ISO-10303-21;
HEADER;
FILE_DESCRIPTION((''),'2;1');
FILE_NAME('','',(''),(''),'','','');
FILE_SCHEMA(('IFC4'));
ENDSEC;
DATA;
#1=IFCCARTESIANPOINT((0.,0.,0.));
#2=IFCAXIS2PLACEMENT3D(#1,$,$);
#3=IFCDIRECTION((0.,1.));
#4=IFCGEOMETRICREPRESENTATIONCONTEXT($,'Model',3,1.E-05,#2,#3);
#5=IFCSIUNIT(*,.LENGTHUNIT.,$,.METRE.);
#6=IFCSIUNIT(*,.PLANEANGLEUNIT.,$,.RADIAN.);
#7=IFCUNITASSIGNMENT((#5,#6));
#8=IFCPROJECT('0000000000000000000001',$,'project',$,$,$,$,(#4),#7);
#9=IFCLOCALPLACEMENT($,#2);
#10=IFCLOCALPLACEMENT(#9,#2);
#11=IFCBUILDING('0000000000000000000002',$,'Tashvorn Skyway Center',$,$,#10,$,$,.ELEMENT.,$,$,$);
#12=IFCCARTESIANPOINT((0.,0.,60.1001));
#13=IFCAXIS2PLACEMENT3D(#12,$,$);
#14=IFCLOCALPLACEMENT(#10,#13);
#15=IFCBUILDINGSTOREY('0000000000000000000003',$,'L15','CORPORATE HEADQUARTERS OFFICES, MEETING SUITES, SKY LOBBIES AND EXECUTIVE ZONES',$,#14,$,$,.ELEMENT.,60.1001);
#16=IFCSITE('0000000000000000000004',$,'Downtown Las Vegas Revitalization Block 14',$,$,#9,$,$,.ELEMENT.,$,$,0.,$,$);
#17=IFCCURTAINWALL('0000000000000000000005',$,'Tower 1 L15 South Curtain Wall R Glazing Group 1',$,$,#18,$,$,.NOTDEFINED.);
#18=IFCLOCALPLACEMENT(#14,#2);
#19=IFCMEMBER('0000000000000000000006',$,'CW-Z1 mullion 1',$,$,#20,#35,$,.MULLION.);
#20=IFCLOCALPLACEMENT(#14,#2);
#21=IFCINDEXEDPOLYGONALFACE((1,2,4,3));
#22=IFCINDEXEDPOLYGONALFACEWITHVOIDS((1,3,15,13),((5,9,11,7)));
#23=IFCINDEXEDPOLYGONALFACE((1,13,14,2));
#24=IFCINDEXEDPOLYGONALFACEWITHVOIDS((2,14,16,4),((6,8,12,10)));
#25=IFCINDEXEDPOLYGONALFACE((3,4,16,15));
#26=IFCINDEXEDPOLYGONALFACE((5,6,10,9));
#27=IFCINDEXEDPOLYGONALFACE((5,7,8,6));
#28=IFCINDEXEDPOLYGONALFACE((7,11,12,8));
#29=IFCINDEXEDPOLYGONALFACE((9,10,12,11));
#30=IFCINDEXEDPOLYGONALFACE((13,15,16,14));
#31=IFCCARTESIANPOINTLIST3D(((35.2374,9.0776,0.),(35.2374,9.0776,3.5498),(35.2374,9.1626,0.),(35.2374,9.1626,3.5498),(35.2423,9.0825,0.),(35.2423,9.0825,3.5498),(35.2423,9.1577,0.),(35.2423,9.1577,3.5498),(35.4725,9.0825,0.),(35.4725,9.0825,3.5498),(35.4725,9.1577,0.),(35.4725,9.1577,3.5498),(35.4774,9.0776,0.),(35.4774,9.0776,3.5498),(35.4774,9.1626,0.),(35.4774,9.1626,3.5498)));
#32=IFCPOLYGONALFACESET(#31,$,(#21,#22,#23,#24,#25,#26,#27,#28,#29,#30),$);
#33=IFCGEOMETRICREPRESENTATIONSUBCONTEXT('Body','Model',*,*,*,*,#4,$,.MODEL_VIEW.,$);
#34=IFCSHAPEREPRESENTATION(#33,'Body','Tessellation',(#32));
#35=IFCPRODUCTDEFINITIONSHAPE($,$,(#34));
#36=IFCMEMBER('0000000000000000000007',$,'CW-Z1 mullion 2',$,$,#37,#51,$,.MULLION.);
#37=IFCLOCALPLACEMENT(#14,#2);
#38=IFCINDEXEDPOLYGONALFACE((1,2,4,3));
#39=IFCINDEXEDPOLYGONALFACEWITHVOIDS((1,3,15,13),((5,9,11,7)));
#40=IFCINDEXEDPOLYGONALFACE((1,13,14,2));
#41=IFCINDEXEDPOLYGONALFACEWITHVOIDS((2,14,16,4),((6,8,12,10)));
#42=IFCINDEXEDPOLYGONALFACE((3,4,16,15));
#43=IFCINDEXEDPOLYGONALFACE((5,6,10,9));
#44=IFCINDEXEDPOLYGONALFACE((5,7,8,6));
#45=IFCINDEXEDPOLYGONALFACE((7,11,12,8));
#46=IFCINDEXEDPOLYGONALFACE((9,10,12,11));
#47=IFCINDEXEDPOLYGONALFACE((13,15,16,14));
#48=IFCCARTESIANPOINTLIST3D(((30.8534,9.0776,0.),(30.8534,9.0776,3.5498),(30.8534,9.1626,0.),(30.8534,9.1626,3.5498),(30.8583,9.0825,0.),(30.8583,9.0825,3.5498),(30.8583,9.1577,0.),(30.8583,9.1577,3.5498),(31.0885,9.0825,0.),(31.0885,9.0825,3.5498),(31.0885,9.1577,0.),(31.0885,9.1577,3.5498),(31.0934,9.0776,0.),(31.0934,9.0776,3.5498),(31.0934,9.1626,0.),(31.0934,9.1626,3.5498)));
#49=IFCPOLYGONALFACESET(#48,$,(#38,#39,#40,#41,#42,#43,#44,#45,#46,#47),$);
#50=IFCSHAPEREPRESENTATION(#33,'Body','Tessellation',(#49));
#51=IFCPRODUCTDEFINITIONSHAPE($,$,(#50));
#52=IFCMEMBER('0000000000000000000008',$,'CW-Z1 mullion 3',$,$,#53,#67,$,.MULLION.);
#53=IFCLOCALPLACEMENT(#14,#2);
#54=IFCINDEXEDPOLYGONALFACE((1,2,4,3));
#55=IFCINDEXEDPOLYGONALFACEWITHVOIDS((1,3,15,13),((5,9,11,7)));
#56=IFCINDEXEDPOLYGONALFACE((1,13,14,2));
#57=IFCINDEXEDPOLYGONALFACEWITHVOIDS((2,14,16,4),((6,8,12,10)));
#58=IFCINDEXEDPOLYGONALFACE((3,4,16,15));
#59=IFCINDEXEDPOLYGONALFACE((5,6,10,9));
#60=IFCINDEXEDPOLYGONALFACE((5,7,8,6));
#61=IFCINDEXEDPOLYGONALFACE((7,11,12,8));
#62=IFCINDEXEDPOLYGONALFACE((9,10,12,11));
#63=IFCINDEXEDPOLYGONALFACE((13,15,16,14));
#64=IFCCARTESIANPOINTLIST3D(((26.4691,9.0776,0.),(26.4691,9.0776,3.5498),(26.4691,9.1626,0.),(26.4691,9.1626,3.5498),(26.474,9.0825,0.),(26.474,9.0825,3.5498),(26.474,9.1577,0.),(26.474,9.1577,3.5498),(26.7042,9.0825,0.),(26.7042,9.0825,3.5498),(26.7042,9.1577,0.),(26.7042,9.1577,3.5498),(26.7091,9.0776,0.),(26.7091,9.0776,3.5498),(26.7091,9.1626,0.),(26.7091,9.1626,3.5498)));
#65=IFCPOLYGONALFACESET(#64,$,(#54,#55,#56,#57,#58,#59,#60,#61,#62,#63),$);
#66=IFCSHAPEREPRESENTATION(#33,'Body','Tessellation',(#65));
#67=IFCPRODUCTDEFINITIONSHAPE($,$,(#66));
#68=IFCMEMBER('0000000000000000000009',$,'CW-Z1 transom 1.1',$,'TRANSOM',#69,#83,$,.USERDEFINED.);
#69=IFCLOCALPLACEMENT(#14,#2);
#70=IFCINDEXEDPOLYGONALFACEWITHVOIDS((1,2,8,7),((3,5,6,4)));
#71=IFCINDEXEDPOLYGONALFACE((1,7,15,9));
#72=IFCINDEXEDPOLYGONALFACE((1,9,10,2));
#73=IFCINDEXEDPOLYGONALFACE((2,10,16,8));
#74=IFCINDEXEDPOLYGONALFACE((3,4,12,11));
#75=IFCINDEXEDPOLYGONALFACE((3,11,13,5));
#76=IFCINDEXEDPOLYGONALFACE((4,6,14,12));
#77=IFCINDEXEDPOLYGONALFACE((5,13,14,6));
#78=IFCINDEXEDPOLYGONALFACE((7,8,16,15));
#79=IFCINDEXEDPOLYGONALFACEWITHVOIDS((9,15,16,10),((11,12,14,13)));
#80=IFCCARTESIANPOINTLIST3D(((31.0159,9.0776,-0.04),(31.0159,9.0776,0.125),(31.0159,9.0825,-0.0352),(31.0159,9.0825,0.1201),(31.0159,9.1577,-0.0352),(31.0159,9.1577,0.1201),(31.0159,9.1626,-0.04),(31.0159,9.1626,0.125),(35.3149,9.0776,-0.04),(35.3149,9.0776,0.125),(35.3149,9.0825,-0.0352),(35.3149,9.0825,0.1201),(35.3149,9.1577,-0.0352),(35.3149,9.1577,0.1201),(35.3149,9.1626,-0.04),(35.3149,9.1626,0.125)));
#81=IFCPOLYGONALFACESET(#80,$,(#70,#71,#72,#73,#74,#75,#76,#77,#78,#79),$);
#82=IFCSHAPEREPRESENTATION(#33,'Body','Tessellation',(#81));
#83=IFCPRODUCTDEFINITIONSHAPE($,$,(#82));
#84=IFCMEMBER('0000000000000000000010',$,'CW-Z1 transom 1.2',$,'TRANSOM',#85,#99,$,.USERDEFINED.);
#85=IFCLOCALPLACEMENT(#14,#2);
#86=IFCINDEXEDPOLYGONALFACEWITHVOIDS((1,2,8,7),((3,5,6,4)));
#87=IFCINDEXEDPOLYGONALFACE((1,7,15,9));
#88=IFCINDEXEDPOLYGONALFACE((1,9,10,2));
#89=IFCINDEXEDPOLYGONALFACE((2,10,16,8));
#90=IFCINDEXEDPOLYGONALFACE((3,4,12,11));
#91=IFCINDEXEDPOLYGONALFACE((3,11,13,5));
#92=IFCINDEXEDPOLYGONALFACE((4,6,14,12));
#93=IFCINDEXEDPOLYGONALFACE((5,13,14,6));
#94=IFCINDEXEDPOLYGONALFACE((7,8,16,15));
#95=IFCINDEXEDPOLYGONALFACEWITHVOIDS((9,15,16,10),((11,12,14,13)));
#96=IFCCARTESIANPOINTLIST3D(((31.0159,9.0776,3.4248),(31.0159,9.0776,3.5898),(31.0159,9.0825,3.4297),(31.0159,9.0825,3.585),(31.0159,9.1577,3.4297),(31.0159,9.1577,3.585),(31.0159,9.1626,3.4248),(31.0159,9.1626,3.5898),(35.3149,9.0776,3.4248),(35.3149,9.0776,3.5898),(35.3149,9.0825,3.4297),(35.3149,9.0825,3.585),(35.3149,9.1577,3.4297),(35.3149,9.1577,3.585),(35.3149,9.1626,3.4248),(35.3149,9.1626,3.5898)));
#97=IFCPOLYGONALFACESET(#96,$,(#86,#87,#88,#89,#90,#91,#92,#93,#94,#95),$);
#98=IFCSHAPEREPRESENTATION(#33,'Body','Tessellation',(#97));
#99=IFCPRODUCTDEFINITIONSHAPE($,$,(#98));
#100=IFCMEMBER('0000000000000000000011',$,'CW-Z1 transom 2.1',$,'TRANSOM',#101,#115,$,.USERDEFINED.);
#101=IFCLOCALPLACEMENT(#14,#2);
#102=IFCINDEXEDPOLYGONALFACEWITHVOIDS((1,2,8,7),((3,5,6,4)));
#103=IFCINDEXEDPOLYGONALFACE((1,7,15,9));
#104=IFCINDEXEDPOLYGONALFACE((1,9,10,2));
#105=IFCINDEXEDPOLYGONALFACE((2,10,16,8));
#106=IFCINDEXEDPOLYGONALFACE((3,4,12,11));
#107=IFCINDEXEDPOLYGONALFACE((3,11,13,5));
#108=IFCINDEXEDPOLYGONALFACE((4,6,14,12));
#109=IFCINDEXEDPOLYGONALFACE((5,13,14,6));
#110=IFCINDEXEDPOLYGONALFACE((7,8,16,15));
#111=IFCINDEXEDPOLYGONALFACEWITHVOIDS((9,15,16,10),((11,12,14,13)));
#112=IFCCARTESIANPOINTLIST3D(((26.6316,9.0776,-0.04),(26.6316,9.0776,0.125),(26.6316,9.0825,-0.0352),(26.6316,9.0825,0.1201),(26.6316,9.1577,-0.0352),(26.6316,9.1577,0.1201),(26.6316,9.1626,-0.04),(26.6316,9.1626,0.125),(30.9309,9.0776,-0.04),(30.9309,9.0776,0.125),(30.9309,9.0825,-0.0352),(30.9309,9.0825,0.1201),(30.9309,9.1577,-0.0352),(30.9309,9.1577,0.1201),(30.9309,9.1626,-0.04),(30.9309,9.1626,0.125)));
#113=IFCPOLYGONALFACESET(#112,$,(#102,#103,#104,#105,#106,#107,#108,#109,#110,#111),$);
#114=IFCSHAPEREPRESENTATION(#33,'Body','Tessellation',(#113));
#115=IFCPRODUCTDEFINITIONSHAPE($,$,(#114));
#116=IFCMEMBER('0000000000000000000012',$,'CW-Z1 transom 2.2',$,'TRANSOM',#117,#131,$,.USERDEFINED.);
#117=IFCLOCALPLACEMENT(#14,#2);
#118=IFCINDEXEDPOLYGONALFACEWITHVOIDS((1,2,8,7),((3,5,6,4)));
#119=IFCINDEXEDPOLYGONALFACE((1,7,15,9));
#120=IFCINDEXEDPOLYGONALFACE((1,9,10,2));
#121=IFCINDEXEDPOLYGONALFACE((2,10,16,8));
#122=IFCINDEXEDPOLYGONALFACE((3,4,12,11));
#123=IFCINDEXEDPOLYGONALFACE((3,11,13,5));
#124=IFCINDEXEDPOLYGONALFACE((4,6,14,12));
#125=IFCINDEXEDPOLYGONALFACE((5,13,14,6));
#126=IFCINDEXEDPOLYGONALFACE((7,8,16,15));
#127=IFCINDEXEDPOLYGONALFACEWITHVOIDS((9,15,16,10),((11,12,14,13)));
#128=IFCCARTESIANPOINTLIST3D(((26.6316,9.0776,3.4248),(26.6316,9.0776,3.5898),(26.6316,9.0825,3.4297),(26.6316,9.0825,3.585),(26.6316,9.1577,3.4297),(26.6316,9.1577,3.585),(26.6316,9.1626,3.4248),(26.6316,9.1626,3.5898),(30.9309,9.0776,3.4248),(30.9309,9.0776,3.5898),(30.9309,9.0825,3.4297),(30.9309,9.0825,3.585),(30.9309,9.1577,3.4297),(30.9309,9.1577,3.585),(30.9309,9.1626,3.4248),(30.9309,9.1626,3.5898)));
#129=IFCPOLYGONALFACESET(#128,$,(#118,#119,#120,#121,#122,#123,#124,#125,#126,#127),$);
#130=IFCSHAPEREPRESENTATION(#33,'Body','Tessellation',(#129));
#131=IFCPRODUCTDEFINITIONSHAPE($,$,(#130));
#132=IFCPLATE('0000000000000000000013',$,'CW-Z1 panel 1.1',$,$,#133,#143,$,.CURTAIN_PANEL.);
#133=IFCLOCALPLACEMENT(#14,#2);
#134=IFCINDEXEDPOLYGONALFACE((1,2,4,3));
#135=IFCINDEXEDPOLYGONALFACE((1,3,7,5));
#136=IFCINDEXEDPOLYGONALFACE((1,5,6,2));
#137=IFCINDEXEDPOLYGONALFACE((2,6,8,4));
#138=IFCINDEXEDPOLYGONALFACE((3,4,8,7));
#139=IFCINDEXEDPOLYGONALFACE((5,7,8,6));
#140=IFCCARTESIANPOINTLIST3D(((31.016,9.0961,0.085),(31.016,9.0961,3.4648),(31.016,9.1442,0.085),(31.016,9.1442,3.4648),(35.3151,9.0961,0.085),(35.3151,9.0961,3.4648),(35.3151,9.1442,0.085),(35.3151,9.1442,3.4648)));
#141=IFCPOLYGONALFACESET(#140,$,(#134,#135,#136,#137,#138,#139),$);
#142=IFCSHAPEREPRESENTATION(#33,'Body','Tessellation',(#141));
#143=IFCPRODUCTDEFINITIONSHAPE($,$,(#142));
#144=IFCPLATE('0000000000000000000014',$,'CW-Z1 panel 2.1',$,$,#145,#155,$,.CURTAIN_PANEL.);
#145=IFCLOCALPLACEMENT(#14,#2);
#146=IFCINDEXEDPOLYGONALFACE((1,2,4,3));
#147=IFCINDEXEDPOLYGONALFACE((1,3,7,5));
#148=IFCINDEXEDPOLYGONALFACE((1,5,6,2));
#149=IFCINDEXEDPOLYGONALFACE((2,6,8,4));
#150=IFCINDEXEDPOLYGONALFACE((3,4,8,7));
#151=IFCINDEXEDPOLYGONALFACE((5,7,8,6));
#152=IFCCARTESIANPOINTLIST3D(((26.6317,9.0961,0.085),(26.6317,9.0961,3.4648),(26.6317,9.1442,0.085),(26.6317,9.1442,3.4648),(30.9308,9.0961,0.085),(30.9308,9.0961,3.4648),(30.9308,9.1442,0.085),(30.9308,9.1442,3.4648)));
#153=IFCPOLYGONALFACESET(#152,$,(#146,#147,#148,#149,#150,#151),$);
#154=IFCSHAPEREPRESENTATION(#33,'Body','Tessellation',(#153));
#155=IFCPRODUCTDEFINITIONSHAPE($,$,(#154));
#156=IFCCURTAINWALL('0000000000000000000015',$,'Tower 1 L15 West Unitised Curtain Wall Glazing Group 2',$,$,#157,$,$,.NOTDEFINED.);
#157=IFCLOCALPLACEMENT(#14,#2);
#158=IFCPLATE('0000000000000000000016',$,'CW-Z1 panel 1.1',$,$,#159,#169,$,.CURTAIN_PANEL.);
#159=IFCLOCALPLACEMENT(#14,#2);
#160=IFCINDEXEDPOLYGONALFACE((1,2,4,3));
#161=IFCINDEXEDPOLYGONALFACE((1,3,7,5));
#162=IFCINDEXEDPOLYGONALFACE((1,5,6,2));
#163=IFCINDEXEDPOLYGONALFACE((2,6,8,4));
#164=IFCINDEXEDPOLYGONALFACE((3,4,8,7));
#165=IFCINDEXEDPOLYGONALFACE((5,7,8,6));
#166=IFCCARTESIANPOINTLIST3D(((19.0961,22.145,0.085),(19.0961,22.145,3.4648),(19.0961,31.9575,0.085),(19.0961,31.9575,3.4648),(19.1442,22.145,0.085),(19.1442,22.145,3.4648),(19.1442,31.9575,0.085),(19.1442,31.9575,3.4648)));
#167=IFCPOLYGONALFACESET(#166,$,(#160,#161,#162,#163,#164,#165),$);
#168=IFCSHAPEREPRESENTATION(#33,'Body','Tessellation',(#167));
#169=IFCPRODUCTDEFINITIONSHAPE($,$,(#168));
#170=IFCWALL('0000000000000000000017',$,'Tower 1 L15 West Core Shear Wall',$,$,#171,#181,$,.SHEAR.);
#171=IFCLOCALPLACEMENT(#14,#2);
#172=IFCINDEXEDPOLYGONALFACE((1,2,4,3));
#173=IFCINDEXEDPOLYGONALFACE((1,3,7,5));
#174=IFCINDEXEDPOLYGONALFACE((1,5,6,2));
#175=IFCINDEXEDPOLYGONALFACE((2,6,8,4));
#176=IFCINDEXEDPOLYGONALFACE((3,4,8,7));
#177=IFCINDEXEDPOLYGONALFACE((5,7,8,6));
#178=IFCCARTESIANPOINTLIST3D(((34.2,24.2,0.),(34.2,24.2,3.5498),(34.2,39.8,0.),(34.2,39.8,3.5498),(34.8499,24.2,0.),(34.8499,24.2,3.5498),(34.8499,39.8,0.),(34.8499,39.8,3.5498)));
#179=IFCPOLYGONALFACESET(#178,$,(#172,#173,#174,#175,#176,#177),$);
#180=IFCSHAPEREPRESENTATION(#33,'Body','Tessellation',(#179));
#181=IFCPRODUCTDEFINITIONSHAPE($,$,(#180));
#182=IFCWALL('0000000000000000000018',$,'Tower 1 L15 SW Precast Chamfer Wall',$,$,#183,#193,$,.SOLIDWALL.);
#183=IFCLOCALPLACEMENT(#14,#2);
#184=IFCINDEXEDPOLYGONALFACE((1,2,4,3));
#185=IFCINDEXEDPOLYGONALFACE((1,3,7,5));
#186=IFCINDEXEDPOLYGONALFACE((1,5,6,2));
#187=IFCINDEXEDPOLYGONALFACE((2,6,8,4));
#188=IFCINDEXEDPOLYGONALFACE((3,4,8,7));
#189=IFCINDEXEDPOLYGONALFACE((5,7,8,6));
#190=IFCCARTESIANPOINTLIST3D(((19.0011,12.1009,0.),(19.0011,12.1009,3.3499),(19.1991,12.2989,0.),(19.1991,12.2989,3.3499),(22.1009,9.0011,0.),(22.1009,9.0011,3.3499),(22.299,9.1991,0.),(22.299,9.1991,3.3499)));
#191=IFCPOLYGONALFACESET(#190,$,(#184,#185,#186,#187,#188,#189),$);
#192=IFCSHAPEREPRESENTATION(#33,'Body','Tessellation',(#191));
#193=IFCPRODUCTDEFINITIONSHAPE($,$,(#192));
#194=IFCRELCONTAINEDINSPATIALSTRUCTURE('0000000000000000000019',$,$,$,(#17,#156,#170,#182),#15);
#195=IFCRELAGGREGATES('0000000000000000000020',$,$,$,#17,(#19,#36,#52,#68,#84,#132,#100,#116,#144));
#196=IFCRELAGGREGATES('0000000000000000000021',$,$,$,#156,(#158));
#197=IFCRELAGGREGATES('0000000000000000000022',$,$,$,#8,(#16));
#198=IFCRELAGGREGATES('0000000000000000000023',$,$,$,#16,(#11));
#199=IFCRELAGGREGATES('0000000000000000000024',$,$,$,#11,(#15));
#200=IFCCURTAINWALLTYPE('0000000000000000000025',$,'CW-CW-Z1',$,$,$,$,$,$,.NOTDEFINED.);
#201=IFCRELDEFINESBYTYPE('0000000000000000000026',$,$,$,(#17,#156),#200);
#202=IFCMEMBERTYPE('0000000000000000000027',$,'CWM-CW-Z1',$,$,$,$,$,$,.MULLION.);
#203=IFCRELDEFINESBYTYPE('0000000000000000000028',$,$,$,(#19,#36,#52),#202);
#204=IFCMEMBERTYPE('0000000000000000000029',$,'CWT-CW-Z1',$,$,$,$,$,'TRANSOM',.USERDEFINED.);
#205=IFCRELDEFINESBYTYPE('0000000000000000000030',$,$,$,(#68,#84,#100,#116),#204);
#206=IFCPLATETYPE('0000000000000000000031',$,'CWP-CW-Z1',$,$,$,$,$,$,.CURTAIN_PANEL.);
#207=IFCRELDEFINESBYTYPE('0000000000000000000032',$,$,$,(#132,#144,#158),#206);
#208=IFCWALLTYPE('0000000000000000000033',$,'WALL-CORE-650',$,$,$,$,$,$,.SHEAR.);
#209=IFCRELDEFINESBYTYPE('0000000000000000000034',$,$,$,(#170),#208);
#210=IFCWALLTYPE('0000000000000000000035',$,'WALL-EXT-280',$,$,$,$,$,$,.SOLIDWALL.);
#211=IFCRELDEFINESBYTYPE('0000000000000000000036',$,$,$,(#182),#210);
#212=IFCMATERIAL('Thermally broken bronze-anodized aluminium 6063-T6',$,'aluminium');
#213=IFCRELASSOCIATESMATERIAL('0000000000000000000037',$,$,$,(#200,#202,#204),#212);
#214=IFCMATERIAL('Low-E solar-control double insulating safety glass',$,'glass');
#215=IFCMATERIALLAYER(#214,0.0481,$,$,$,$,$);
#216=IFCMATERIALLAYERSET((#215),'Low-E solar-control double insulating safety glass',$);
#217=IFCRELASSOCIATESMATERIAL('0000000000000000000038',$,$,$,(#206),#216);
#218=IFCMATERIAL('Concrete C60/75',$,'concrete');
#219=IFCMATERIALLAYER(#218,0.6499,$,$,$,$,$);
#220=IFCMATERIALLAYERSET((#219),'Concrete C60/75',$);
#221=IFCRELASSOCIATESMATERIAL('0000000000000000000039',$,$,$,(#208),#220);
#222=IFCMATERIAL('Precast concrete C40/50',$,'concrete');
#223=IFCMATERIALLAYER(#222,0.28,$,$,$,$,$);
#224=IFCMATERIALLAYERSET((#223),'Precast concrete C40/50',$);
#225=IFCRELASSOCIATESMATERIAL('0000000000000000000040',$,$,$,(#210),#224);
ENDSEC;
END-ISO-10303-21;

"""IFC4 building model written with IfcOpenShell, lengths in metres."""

from ifc_helpers import new_model, si_unit, direction, frame, frame_2d, origin, origin_2d, place, context, subcontext, project, spatial, rectangle, hollow_rectangle, extrude, material, layer, layer_set, material_profile, profile_set, type_object, element, aggregate, save


model = new_model("IFC4")

# Units and contexts
model_context = context("Model", 3, precision=1e-05, world=origin(), true_north=direction((0.0, 1.0)))
body_context = subcontext(model_context, "Body", "Model", "MODEL_VIEW")
ifc_project = project(units=[si_unit("LENGTHUNIT", "METRE"), si_unit("PLANEANGLEUNIT", "RADIAN")], contexts=[model_context])

# Site, building, storey
site_placement = place(None, origin())
site = spatial("IfcSite", under=ifc_project, at=site_placement, Name="Downtown Las Vegas Revitalization Block 14", CompositionType="ELEMENT", RefElevation=0.0)
building_placement = place(site_placement, origin())
building = spatial("IfcBuilding", under=site, at=building_placement, Name="Tashvorn Skyway Center", CompositionType="ELEMENT")
storey_placement = place(building_placement, frame((0.0, 0.0, 60.1001)))
storey = spatial("IfcBuildingStorey", under=building, at=storey_placement, Name="L15", Description="CORPORATE HEADQUARTERS OFFICES, MEETING SUITES, SKY LOBBIES AND EXECUTIVE ZONES", CompositionType="ELEMENT", Elevation=60.1001)

# Curtain wall, members, plates
ifc_material_1 = material(Name="Thermally broken bronze-anodized aluminium 6063-T6", Category="aluminium")
curtain_wall_type = type_object("IfcCurtainWallType", Name="CW-CW-Z1", PredefinedType="NOTDEFINED", material=ifc_material_1)
curtain_wall_1_placement = place(storey_placement, origin())
curtain_wall_1 = element("IfcCurtainWall", 1, at=curtain_wall_1_placement, inside=storey, type_object=curtain_wall_type, Name="Tower 1 L15 South Curtain Wall R Glazing Group 1", PredefinedType="NOTDEFINED")
ifc_material_profile_1 = material_profile(ifc_material_1, hollow_rectangle(XDim=0.085, YDim=0.24, WallThickness=0.0049, at=origin_2d()), Name="ALU-MULL-85x240")
ifc_profile_set_1 = profile_set([ifc_material_profile_1], Name="Thermally broken bronze-anodized aluminium 6063-T6")
member_type_1 = type_object("IfcMemberType", Name="CWM-CW-Z1", PredefinedType="MULLION", material=ifc_profile_set_1)
member_1_placement = place(storey_placement, frame((35.3574, 9.1201, 0.0), z_axis=(0.0, 0.0, 1.0), x_axis=(0.0, -1.0, 0.0)))
member_1 = element("IfcMember", 2, at=member_1_placement, type_object=member_type_1, Name="CW-Z1 mullion 1", PredefinedType="MULLION", context=body_context, shape_type="SweptSolid", body=[
    extrude(hollow_rectangle(XDim=0.085, YDim=0.24, WallThickness=0.0049, at=origin_2d()), origin(), (0.0, 0.0, 1.0), 3.5498),
])
member_2_placement = place(storey_placement, frame((30.9734, 9.1201, 0.0), z_axis=(0.0, 0.0, 1.0), x_axis=(0.0, -1.0, 0.0)))
member_2 = element("IfcMember", 3, at=member_2_placement, type_object=member_type_1, Name="CW-Z1 mullion 2", PredefinedType="MULLION", context=body_context, shape_type="SweptSolid", body=[
    extrude(hollow_rectangle(XDim=0.085, YDim=0.24, WallThickness=0.0049, at=origin_2d()), origin(), (0.0, 0.0, 1.0), 3.5498),
])
member_3_placement = place(storey_placement, frame((26.5891, 9.1201, 0.0), z_axis=(0.0, 0.0, 1.0), x_axis=(0.0, -1.0, 0.0)))
member_3 = element("IfcMember", 4, at=member_3_placement, type_object=member_type_1, Name="CW-Z1 mullion 3", PredefinedType="MULLION", context=body_context, shape_type="SweptSolid", body=[
    extrude(hollow_rectangle(XDim=0.085, YDim=0.24, WallThickness=0.0049, at=origin_2d()), origin(), (0.0, 0.0, 1.0), 3.5498),
])
ifc_material_profile_2 = material_profile(ifc_material_1, hollow_rectangle(XDim=0.085, YDim=0.165, WallThickness=0.0049, at=origin_2d()), Name="ALU-TRAN-85x165")
ifc_profile_set_2 = profile_set([ifc_material_profile_2], Name="Thermally broken bronze-anodized aluminium 6063-T6")
member_type_2 = type_object("IfcMemberType", Name="CWT-CW-Z1", ElementType="TRANSOM", PredefinedType="USERDEFINED", material=ifc_profile_set_2)
member_4_placement = place(storey_placement, frame((35.3149, 9.1201, 0.0425), z_axis=(-1.0, 0.0, 0.0), x_axis=(0.0, -1.0, 0.0)))
member_4 = element("IfcMember", 5, at=member_4_placement, type_object=member_type_2, Name="CW-Z1 transom 1.1", ObjectType="TRANSOM", PredefinedType="USERDEFINED", context=body_context, shape_type="SweptSolid", body=[
    extrude(hollow_rectangle(XDim=0.085, YDim=0.165, WallThickness=0.0049, at=origin_2d()), origin(), (0.0, 0.0, 1.0), 4.2991),
])
member_5_placement = place(storey_placement, frame((35.3149, 9.1201, 3.5073), z_axis=(-1.0, 0.0, 0.0), x_axis=(0.0, -1.0, 0.0)))
member_5 = element("IfcMember", 6, at=member_5_placement, type_object=member_type_2, Name="CW-Z1 transom 1.2", ObjectType="TRANSOM", PredefinedType="USERDEFINED", context=body_context, shape_type="SweptSolid", body=[
    extrude(hollow_rectangle(XDim=0.085, YDim=0.165, WallThickness=0.0049, at=origin_2d()), origin(), (0.0, 0.0, 1.0), 4.2991),
])
member_6_placement = place(storey_placement, frame((30.9309, 9.1201, 0.0425), z_axis=(-1.0, 0.0, 0.0), x_axis=(0.0, -1.0, 0.0)))
member_6 = element("IfcMember", 7, at=member_6_placement, type_object=member_type_2, Name="CW-Z1 transom 2.1", ObjectType="TRANSOM", PredefinedType="USERDEFINED", context=body_context, shape_type="SweptSolid", body=[
    extrude(hollow_rectangle(XDim=0.085, YDim=0.165, WallThickness=0.0049, at=origin_2d()), origin(), (0.0, 0.0, 1.0), 4.2993),
])
member_7_placement = place(storey_placement, frame((30.9309, 9.1201, 3.5073), z_axis=(-1.0, 0.0, 0.0), x_axis=(0.0, -1.0, 0.0)))
member_7 = element("IfcMember", 8, at=member_7_placement, type_object=member_type_2, Name="CW-Z1 transom 2.2", ObjectType="TRANSOM", PredefinedType="USERDEFINED", context=body_context, shape_type="SweptSolid", body=[
    extrude(hollow_rectangle(XDim=0.085, YDim=0.165, WallThickness=0.0049, at=origin_2d()), origin(), (0.0, 0.0, 1.0), 4.2993),
])
ifc_material_2 = material(Name="Low-E solar-control double insulating safety glass", Category="glass")
ifc_layer_1 = layer(ifc_material_2, 0.0481)
ifc_layer_set_1 = layer_set([ifc_layer_1], Name="Low-E solar-control double insulating safety glass")
plate_type = type_object("IfcPlateType", Name="CWP-CW-Z1", PredefinedType="CURTAIN_PANEL", material=ifc_layer_set_1)
plate_1_placement = place(storey_placement, frame((33.1655, 9.1201, 0.085), z_axis=(0.0, 0.0, 1.0), x_axis=(-1.0, 0.0, 0.0)))
plate_1 = element("IfcPlate", 9, at=plate_1_placement, type_object=plate_type, Name="CW-Z1 panel 1.1", PredefinedType="CURTAIN_PANEL", context=body_context, shape_type="SweptSolid", body=[
    extrude(rectangle(XDim=4.2991, YDim=0.0481, at=origin_2d()), origin(), (0.0, 0.0, 1.0), 3.3799),
])
plate_2_placement = place(storey_placement, frame((28.7812, 9.1201, 0.085), z_axis=(0.0, 0.0, 1.0), x_axis=(-1.0, 0.0, 0.0)))
plate_2 = element("IfcPlate", 10, at=plate_2_placement, type_object=plate_type, Name="CW-Z1 panel 2.1", PredefinedType="CURTAIN_PANEL", context=body_context, shape_type="SweptSolid", body=[
    extrude(rectangle(XDim=4.2991, YDim=0.0481, at=origin_2d()), origin(), (0.0, 0.0, 1.0), 3.3799),
])
aggregate(curtain_wall_1, [member_1, member_2, member_3, member_4, member_5, plate_1, member_6, member_7, plate_2])

# Curtain wall, plate
curtain_wall_2_placement = place(storey_placement, origin())
curtain_wall_2 = element("IfcCurtainWall", 11, at=curtain_wall_2_placement, inside=storey, type_object=curtain_wall_type, Name="Tower 1 L15 West Unitised Curtain Wall Glazing Group 2", PredefinedType="NOTDEFINED")
plate_3_placement = place(storey_placement, frame((19.1201, 27.0513, 0.085), z_axis=(0.0, 0.0, 1.0), x_axis=(0.0, 1.0, 0.0)))
plate_3 = element("IfcPlate", 12, at=plate_3_placement, type_object=plate_type, Name="CW-Z1 panel 1.1", PredefinedType="CURTAIN_PANEL", context=body_context, shape_type="SweptSolid", body=[
    extrude(rectangle(XDim=9.8125, YDim=0.0481, at=origin_2d()), origin(), (0.0, 0.0, 1.0), 3.3799),
])
aggregate(curtain_wall_2, [plate_3])

# Walls
ifc_material_3 = material(Name="Concrete C60/75", Category="concrete")
ifc_layer_2 = layer(ifc_material_3, 0.6499)
ifc_layer_set_2 = layer_set([ifc_layer_2], Name="Concrete C60/75")
wall_type_1 = type_object("IfcWallType", Name="WALL-CORE-650", PredefinedType="SHEAR", material=ifc_layer_set_2)
wall_1_placement = place(storey_placement, frame((34.5249, 24.2, 0.0), z_axis=(0.0, 0.0, 1.0), x_axis=(0.0, 1.0, 0.0)))
element("IfcWall", 13, at=wall_1_placement, inside=storey, type_object=wall_type_1, Name="Tower 1 L15 West Core Shear Wall", PredefinedType="SHEAR", context=body_context, shape_type="SweptSolid", body=[
    extrude(rectangle(XDim=15.6001, YDim=0.6499, at=frame_2d((7.8, 0.0))), origin(), (0.0, 0.0, 1.0), 3.5498),
])
ifc_material_4 = material(Name="Precast concrete C40/50", Category="concrete")
ifc_layer_3 = layer(ifc_material_4, 0.28)
ifc_layer_set_3 = layer_set([ifc_layer_3], Name="Precast concrete C40/50")
wall_type_2 = type_object("IfcWallType", Name="WALL-EXT-280", PredefinedType="SOLIDWALL", material=ifc_layer_set_3)
wall_2_placement = place(storey_placement, frame((22.2, 9.1001, 0.0), z_axis=(0.0, 0.0, 1.0), x_axis=(-0.707107, 0.707107, 0.0)))
element("IfcWall", 14, at=wall_2_placement, inside=storey, type_object=wall_type_2, Name="Tower 1 L15 SW Precast Chamfer Wall", PredefinedType="SOLIDWALL", context=body_context, shape_type="SweptSolid", body=[
    extrude(rectangle(XDim=4.3838, YDim=0.28, at=frame_2d((2.1919, 0.0))), origin(), (0.0, 0.0, 1.0), 3.3499),
])

save(model, "model.ifc")
